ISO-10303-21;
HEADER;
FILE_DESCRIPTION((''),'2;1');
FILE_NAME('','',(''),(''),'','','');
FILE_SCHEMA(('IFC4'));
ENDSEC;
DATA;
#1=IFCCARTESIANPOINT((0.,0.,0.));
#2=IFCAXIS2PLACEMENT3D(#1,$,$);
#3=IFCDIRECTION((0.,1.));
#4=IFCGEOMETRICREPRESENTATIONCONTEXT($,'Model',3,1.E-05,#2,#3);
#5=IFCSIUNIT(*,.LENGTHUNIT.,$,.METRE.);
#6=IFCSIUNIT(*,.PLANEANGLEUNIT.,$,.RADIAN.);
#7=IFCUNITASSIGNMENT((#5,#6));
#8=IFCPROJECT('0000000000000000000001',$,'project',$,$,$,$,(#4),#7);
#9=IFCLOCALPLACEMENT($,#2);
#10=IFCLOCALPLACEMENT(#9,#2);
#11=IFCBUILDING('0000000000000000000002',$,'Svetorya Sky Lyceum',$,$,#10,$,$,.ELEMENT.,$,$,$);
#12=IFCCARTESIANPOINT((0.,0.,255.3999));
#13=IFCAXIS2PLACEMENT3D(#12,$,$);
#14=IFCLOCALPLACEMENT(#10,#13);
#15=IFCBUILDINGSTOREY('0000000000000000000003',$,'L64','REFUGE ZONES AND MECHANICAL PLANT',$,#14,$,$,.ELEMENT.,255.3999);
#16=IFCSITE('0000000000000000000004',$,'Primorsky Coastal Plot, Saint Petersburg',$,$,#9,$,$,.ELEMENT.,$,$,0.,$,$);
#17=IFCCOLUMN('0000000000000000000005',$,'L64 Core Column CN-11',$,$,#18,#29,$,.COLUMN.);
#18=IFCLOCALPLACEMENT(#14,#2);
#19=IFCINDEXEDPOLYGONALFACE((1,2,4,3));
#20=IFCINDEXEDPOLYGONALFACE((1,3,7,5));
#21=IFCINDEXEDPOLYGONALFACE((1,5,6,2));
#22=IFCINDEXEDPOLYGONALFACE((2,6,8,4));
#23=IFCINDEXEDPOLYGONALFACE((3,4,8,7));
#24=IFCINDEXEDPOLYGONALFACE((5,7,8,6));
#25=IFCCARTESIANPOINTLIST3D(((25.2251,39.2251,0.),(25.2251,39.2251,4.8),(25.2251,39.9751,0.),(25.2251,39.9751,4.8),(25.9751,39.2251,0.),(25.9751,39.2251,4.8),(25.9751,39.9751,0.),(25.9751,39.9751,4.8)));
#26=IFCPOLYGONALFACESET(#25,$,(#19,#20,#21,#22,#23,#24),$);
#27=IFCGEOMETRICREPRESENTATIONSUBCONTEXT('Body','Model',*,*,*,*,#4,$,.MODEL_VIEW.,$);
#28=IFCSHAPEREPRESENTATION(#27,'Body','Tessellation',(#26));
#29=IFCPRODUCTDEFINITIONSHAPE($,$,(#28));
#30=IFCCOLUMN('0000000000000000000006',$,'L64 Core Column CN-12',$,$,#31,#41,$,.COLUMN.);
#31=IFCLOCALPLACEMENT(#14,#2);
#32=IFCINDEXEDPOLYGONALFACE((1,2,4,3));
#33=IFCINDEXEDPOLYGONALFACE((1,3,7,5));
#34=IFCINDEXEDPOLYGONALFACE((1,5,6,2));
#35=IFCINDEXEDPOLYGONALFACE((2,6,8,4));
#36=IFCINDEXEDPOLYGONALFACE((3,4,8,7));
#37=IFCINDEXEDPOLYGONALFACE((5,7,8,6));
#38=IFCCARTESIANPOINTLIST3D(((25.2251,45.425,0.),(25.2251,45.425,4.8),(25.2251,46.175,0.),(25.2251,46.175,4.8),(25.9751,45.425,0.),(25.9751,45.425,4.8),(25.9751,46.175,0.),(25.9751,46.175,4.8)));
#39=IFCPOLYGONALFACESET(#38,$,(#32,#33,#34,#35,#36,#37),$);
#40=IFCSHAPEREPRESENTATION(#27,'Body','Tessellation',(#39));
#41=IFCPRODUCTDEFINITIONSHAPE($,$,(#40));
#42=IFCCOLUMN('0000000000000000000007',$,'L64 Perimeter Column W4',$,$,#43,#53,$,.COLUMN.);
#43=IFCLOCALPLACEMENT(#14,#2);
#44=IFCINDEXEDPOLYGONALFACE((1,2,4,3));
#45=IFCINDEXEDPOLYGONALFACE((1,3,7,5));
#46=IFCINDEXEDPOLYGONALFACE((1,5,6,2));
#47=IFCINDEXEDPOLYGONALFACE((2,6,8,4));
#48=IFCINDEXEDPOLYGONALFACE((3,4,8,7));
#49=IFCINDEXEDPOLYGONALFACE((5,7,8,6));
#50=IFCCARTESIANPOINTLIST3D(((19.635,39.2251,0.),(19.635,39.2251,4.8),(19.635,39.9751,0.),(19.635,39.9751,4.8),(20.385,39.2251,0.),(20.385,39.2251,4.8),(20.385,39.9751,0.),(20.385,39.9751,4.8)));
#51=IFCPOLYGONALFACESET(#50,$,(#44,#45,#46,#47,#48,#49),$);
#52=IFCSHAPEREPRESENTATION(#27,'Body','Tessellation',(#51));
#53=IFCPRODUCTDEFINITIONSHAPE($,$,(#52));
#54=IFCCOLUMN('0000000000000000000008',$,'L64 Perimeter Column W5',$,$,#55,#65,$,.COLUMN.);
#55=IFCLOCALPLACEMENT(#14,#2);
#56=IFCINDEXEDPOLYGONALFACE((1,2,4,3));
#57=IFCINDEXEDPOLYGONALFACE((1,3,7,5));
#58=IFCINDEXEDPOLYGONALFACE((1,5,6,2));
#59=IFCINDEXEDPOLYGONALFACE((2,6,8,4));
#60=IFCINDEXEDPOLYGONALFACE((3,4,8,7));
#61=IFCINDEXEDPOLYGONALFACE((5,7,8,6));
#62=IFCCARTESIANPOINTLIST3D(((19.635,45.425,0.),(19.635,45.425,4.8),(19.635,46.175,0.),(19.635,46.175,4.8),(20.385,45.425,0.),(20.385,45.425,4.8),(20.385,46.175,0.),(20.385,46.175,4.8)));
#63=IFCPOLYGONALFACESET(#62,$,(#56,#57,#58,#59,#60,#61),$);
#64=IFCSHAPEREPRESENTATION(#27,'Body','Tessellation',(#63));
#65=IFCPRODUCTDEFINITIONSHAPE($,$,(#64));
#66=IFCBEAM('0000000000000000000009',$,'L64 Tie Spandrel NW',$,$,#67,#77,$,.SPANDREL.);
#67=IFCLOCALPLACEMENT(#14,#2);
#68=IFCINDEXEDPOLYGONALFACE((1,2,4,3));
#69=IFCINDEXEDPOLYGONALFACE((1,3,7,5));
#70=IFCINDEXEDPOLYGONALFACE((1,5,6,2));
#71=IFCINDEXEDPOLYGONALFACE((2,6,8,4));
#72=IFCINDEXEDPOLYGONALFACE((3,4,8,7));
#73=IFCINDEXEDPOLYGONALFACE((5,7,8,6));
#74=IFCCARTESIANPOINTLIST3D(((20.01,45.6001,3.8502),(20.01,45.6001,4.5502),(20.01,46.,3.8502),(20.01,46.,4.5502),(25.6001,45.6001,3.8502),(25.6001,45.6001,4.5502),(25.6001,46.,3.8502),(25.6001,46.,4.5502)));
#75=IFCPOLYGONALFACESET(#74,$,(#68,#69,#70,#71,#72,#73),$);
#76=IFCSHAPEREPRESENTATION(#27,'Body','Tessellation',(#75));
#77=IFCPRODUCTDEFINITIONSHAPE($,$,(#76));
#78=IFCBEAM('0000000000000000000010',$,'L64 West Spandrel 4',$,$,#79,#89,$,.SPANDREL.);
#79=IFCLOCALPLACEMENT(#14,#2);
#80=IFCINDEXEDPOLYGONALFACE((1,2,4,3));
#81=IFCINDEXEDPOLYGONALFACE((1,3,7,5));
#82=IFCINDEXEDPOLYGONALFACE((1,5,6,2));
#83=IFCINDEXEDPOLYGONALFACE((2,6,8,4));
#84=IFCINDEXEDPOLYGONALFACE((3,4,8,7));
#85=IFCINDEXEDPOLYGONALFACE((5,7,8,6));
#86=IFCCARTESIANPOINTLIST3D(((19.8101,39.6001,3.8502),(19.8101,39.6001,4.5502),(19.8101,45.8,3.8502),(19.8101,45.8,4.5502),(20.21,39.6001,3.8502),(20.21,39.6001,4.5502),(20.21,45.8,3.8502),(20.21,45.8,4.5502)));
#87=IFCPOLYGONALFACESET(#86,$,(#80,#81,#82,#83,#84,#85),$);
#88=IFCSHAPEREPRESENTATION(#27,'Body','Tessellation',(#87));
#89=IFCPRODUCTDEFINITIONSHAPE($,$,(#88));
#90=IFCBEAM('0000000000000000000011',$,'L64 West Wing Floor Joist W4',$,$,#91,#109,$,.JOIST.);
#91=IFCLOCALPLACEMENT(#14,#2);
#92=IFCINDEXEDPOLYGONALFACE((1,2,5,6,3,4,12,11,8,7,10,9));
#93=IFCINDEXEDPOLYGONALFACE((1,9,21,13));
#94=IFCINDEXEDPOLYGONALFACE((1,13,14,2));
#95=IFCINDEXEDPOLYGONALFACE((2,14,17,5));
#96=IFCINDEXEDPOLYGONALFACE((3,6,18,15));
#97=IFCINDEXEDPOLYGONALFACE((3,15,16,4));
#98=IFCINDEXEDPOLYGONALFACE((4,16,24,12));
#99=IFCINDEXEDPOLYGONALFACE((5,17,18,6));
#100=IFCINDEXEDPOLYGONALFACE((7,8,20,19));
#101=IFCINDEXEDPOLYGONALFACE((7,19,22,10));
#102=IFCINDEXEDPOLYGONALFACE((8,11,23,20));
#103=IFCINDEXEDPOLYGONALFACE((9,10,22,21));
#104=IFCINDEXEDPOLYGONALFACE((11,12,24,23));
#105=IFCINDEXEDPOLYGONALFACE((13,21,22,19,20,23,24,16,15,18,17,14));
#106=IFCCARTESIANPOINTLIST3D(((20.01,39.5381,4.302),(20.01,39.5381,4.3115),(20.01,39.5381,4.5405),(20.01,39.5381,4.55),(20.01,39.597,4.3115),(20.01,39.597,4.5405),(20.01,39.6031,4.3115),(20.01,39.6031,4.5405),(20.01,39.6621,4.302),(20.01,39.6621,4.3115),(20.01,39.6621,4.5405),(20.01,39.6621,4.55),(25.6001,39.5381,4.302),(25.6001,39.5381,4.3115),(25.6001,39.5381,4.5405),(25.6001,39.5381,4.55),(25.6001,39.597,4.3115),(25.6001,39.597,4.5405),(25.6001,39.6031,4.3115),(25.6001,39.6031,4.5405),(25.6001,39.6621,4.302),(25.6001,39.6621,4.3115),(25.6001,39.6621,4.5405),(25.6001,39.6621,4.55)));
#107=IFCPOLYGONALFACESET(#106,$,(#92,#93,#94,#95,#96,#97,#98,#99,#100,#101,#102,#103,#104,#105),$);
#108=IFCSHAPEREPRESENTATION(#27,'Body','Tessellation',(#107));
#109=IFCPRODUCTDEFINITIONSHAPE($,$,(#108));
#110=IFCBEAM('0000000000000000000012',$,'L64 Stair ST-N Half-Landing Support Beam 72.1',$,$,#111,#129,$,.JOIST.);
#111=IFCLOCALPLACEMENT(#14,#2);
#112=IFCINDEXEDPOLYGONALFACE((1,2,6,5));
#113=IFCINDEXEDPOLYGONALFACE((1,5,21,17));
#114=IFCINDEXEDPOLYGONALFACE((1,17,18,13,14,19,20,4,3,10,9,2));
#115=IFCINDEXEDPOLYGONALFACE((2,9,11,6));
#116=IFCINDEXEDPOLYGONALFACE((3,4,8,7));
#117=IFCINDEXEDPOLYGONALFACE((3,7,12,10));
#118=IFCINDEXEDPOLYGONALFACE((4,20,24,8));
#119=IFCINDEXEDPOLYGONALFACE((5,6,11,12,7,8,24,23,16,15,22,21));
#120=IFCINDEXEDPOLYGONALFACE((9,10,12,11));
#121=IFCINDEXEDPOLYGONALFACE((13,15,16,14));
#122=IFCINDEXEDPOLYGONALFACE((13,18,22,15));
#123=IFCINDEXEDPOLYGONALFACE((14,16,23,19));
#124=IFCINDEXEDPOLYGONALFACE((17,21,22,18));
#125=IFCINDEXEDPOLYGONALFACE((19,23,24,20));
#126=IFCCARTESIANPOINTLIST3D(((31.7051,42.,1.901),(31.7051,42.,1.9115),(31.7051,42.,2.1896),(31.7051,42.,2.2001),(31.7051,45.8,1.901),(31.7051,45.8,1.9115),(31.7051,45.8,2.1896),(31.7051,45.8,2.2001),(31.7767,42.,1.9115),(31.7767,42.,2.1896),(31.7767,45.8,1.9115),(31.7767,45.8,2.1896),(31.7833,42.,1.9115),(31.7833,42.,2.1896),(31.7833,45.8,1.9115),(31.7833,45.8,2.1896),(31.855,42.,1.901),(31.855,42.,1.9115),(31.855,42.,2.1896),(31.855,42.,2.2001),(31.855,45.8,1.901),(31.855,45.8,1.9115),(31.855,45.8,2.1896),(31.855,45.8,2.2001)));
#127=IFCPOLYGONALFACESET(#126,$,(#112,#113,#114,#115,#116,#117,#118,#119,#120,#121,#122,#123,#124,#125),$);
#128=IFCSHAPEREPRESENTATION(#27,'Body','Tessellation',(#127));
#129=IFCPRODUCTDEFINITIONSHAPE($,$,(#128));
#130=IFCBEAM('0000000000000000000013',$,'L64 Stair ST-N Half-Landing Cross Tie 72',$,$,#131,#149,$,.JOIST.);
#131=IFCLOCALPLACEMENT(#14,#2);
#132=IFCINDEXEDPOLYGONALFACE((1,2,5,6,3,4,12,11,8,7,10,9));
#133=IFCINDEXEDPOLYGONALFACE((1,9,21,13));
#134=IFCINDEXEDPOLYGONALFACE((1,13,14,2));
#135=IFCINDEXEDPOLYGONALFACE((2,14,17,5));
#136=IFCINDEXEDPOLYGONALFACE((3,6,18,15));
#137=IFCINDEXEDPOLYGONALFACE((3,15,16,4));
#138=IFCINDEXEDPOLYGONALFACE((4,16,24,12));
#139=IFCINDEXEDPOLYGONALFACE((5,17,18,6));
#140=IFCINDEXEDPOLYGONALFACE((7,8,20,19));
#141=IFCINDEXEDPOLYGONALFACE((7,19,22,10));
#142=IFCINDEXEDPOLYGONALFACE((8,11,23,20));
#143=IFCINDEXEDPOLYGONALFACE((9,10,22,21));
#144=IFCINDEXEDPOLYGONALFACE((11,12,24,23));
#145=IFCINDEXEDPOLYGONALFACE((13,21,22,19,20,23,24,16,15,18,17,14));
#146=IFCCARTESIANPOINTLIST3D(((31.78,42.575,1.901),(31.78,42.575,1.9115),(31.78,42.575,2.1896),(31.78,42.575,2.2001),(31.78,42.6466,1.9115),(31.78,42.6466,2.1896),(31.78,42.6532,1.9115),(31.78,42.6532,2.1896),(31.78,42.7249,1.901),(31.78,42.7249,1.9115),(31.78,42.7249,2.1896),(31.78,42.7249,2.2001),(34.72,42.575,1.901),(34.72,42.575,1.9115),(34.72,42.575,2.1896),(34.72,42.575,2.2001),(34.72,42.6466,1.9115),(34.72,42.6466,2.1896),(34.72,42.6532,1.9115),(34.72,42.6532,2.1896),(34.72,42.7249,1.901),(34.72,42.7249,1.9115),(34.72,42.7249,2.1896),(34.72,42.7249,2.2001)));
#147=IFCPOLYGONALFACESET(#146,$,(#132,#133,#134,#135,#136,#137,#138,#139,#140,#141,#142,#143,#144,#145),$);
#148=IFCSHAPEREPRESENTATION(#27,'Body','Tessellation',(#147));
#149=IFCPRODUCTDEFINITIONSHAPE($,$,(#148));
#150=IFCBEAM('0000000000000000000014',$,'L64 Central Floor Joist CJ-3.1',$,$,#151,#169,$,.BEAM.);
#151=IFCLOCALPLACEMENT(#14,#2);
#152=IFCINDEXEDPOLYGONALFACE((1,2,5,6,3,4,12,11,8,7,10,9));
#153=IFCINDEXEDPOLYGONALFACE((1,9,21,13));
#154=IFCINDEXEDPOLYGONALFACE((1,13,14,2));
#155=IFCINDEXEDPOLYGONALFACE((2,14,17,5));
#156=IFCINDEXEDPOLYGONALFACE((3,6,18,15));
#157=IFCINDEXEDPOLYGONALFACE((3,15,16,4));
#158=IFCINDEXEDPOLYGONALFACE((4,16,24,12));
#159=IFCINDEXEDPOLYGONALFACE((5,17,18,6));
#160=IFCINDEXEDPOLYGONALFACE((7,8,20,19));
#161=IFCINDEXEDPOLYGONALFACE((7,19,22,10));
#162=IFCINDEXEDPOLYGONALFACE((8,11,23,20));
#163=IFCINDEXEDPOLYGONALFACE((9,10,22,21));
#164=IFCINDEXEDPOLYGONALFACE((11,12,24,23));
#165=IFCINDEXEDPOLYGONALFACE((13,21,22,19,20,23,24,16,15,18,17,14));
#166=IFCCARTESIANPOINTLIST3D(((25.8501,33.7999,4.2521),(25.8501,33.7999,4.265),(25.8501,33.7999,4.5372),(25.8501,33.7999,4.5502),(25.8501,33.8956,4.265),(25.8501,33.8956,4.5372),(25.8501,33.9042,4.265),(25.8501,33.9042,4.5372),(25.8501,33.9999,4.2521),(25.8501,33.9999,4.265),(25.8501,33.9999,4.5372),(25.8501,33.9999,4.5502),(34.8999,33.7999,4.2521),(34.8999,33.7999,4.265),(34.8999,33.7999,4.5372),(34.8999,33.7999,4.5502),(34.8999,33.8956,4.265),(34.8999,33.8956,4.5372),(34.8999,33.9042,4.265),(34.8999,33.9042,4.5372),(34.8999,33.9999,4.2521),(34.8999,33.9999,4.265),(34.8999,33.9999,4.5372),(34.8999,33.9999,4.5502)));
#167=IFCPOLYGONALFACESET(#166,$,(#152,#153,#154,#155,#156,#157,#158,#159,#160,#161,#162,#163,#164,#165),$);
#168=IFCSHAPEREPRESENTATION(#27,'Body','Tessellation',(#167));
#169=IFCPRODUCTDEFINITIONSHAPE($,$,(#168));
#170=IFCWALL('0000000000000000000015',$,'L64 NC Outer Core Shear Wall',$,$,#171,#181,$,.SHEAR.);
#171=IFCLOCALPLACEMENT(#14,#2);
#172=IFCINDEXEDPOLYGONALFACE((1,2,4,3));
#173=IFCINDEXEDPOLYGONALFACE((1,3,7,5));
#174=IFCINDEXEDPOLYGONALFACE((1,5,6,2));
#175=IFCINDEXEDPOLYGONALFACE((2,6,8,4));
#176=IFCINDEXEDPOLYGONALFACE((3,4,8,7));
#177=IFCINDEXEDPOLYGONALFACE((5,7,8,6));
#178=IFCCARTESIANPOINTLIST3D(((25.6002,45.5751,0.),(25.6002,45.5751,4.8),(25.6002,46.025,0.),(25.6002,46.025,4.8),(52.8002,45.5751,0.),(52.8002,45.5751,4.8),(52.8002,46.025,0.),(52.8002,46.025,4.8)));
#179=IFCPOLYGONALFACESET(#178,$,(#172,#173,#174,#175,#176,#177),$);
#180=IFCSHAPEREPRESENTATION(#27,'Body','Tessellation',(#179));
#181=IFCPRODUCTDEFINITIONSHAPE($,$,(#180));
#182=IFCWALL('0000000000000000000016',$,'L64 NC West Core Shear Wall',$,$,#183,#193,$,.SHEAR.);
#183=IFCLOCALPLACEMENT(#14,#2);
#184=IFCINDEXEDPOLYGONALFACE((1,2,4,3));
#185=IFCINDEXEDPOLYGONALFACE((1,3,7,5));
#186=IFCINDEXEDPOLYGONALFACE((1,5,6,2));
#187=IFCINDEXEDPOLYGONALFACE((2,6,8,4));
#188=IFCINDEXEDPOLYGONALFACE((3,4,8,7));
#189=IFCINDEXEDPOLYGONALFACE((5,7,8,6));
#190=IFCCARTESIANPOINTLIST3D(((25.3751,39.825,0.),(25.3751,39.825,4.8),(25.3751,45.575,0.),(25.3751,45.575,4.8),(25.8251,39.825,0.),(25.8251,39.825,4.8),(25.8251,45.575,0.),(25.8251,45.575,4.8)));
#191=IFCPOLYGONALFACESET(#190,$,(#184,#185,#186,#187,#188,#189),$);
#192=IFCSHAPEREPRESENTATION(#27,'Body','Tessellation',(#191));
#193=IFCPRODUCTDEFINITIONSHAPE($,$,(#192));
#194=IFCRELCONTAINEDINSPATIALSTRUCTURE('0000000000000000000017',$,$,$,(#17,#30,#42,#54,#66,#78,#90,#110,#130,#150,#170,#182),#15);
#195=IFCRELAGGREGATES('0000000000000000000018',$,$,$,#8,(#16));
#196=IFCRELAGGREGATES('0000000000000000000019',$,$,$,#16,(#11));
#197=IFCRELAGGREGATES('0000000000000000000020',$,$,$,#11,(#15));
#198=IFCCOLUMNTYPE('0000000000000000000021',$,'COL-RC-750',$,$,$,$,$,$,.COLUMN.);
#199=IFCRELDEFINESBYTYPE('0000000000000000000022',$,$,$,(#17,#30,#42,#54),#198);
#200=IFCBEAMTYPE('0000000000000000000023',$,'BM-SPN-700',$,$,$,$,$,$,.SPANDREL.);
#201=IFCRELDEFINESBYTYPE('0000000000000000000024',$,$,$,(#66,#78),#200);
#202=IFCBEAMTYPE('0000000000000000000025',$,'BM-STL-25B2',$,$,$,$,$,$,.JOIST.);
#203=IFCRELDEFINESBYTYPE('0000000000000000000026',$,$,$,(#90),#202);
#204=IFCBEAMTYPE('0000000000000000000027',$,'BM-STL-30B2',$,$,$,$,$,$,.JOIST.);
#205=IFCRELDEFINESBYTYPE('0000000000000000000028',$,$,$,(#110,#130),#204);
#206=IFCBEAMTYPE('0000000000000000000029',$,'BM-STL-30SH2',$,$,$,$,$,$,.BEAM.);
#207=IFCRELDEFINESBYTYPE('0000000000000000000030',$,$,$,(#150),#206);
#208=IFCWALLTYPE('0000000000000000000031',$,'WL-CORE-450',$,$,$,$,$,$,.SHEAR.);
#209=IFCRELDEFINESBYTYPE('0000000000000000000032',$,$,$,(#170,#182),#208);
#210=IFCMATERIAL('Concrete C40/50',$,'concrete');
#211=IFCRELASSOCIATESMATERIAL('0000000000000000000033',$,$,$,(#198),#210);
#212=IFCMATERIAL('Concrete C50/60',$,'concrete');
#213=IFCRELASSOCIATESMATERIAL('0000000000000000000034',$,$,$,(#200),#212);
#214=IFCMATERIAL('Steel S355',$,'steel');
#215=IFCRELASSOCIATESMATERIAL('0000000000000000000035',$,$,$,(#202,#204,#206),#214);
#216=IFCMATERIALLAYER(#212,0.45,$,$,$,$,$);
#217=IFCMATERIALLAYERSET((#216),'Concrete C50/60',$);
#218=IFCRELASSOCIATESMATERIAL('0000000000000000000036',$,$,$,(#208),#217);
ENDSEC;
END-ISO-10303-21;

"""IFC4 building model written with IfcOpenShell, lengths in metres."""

from ifc_helpers import new_model, si_unit, direction, frame, frame_2d, origin, origin_2d, place, context, subcontext, project, spatial, rectangle, i_section, extrude, material, layer, layer_set, material_profile, profile_set, type_object, element, save


model = new_model("IFC4")

# Units and contexts
model_context = context("Model", 3, precision=1e-05, world=origin(), true_north=direction((0.0, 1.0)))
body_context = subcontext(model_context, "Body", "Model", "MODEL_VIEW")
ifc_project = project(units=[si_unit("LENGTHUNIT", "METRE"), si_unit("PLANEANGLEUNIT", "RADIAN")], contexts=[model_context])

# Site, building, storey
site_placement = place(None, origin())
site = spatial("IfcSite", under=ifc_project, at=site_placement, Name="Primorsky Coastal Plot, Saint Petersburg", CompositionType="ELEMENT", RefElevation=0.0)
building_placement = place(site_placement, origin())
building = spatial("IfcBuilding", under=site, at=building_placement, Name="Svetorya Sky Lyceum", CompositionType="ELEMENT")
storey_placement = place(building_placement, frame((0.0, 0.0, 255.3999)))
storey = spatial("IfcBuildingStorey", under=building, at=storey_placement, Name="L64", Description="REFUGE ZONES AND MECHANICAL PLANT", CompositionType="ELEMENT", Elevation=255.3999)

# Columns
ifc_material_1 = material(Name="Concrete C40/50", Category="concrete")
ifc_material_profile_1 = material_profile(ifc_material_1, rectangle(XDim=0.75, YDim=0.75, at=origin_2d()), Name="RC COL 750x750")
ifc_profile_set_1 = profile_set([ifc_material_profile_1], Name="Concrete C40/50")
column_type = type_object("IfcColumnType", Name="COL-RC-750", PredefinedType="COLUMN", material=ifc_profile_set_1)
for number, where, z_axis, x_axis, name in (
    (1, (25.6001, 39.6001, 0.0), (0.0, 0.0, 1.0), (1.0, 0.0, 0.0), "L64 Core Column CN-11"),
    (2, (25.6001, 45.8, 0.0), (0.0, 0.0, 1.0), (1.0, 0.0, 0.0), "L64 Core Column CN-12"),
    (3, (20.01, 39.6001, 0.0), (0.0, 0.0, 1.0), (1.0, 0.0, 0.0), "L64 Perimeter Column W4"),
    (4, (20.01, 45.8, 0.0), (0.0, 0.0, 1.0), (1.0, 0.0, 0.0), "L64 Perimeter Column W5"),
):
    element("IfcColumn", number, at=place(storey_placement, frame(where, z_axis=z_axis, x_axis=x_axis)), inside=storey, type_object=column_type, Name=name, PredefinedType="COLUMN", context=body_context, shape_type="SweptSolid", body=[
        extrude(rectangle(XDim=0.75, YDim=0.75, at=origin_2d()), origin(), (0.0, 0.0, 1.0), 4.8),
    ])

# Beams
ifc_material_2 = material(Name="Concrete C50/60", Category="concrete")
ifc_material_profile_2 = material_profile(ifc_material_2, rectangle(XDim=0.3999, YDim=0.7, at=origin_2d()), Name="RC SPANDREL 400x700")
ifc_profile_set_2 = profile_set([ifc_material_profile_2], Name="Concrete C50/60")
beam_type_1 = type_object("IfcBeamType", Name="BM-SPN-700", PredefinedType="SPANDREL", material=ifc_profile_set_2)
beam_1_placement = place(storey_placement, frame((20.01, 45.8, 4.2002), z_axis=(1.0, 0.0, 0.0), x_axis=(0.0, 1.0, 0.0)))
element("IfcBeam", 5, at=beam_1_placement, inside=storey, type_object=beam_type_1, Name="L64 Tie Spandrel NW", PredefinedType="SPANDREL", context=body_context, shape_type="SweptSolid", body=[
    extrude(rectangle(XDim=0.3999, YDim=0.7, at=origin_2d()), origin(), (0.0, 0.0, 1.0), 5.5901),
])
beam_2_placement = place(storey_placement, frame((20.01, 39.6001, 4.2002), z_axis=(0.0, 1.0, 0.0), x_axis=(-1.0, 0.0, 0.0)))
element("IfcBeam", 6, at=beam_2_placement, inside=storey, type_object=beam_type_1, Name="L64 West Spandrel 4", PredefinedType="SPANDREL", context=body_context, shape_type="SweptSolid", body=[
    extrude(rectangle(XDim=0.3999, YDim=0.7, at=origin_2d()), origin(), (0.0, 0.0, 1.0), 6.2),
])
ifc_material_3 = material(Name="Steel S355", Category="steel")
ifc_material_profile_3 = material_profile(ifc_material_3, i_section(OverallWidth=0.124, OverallDepth=0.248, WebThickness=0.0061, FlangeThickness=0.0095, at=origin_2d()), Name="GOST 25B2")
ifc_profile_set_3 = profile_set([ifc_material_profile_3], Name="Steel S355")
beam_type_2 = type_object("IfcBeamType", Name="BM-STL-25B2", PredefinedType="JOIST", material=ifc_profile_set_3)
beam_3_placement = place(storey_placement, frame((20.01, 39.6001, 4.426), z_axis=(1.0, 0.0, 0.0), x_axis=(0.0, 1.0, 0.0)))
element("IfcBeam", 7, at=beam_3_placement, inside=storey, type_object=beam_type_2, Name="L64 West Wing Floor Joist W4", PredefinedType="JOIST", context=body_context, shape_type="SweptSolid", body=[
    extrude(i_section(OverallWidth=0.124, OverallDepth=0.248, WebThickness=0.0061, FlangeThickness=0.0095, at=origin_2d()), origin(), (0.0, 0.0, 1.0), 5.5901),
])
ifc_material_profile_4 = material_profile(ifc_material_3, i_section(OverallWidth=0.1499, OverallDepth=0.2991, WebThickness=0.0066, FlangeThickness=0.0105, at=origin_2d()), Name="GOST 30B2")
ifc_profile_set_4 = profile_set([ifc_material_profile_4], Name="Steel S355")
beam_type_3 = type_object("IfcBeamType", Name="BM-STL-30B2", PredefinedType="JOIST", material=ifc_profile_set_4)
beam_4_placement = place(storey_placement, frame((31.78, 42.0, 2.0505), z_axis=(0.0, 1.0, 0.0), x_axis=(-1.0, 0.0, 0.0)))
element("IfcBeam", 8, at=beam_4_placement, inside=storey, type_object=beam_type_3, Name="L64 Stair ST-N Half-Landing Support Beam 72.1", PredefinedType="JOIST", context=body_context, shape_type="SweptSolid", body=[
    extrude(i_section(OverallWidth=0.1499, OverallDepth=0.2991, WebThickness=0.0066, FlangeThickness=0.0105, at=origin_2d()), origin(), (0.0, 0.0, 1.0), 3.8),
])
beam_5_placement = place(storey_placement, frame((31.78, 42.6499, 2.0505), z_axis=(1.0, 0.0, 0.0), x_axis=(0.0, 1.0, 0.0)))
element("IfcBeam", 9, at=beam_5_placement, inside=storey, type_object=beam_type_3, Name="L64 Stair ST-N Half-Landing Cross Tie 72", PredefinedType="JOIST", context=body_context, shape_type="SweptSolid", body=[
    extrude(i_section(OverallWidth=0.1499, OverallDepth=0.2991, WebThickness=0.0066, FlangeThickness=0.0105, at=origin_2d()), origin(), (0.0, 0.0, 1.0), 2.9399),
])
ifc_material_profile_5 = material_profile(ifc_material_3, i_section(OverallWidth=0.2, OverallDepth=0.2981, WebThickness=0.0085, FlangeThickness=0.0129, at=origin_2d()), Name="GOST 30Sh2")
ifc_profile_set_5 = profile_set([ifc_material_profile_5], Name="Steel S355")
beam_type_4 = type_object("IfcBeamType", Name="BM-STL-30SH2", PredefinedType="BEAM", material=ifc_profile_set_5)
beam_6_placement = place(storey_placement, frame((25.8501, 33.8999, 4.4011), z_axis=(1.0, 0.0, 0.0), x_axis=(0.0, 1.0, 0.0)))
element("IfcBeam", 10, at=beam_6_placement, inside=storey, type_object=beam_type_4, Name="L64 Central Floor Joist CJ-3.1", PredefinedType="BEAM", context=body_context, shape_type="SweptSolid", body=[
    extrude(i_section(OverallWidth=0.2, OverallDepth=0.2981, WebThickness=0.0085, FlangeThickness=0.0129, at=origin_2d()), origin(), (0.0, 0.0, 1.0), 9.0498),
])

# Walls
ifc_layer_1 = layer(ifc_material_2, 0.45)
ifc_layer_set_1 = layer_set([ifc_layer_1], Name="Concrete C50/60")
wall_type_1 = type_object("IfcWallType", Name="WL-CORE-450", PredefinedType="SHEAR", material=ifc_layer_set_1)
wall_1_placement = place(storey_placement, frame((25.6001, 45.8, 0.0), z_axis=(0.0, 0.0, 1.0), x_axis=(1.0, 0.0, 0.0)))
element("IfcWall", 11, at=wall_1_placement, inside=storey, type_object=wall_type_1, Name="L64 NC Outer Core Shear Wall", PredefinedType="SHEAR", context=body_context, shape_type="SweptSolid", body=[
    extrude(rectangle(XDim=27.2, YDim=0.45, at=frame_2d((13.6001, 0.0))), origin(), (0.0, 0.0, 1.0), 4.8),
])
wall_2_placement = place(storey_placement, frame((25.6001, 39.825, 0.0), z_axis=(0.0, 0.0, 1.0), x_axis=(0.0, 1.0, 0.0)))
element("IfcWall", 12, at=wall_2_placement, inside=storey, type_object=wall_type_1, Name="L64 NC West Core Shear Wall", PredefinedType="SHEAR", context=body_context, shape_type="SweptSolid", body=[
    extrude(rectangle(XDim=5.75, YDim=0.45, at=frame_2d((2.875, 0.0))), origin(), (0.0, 0.0, 1.0), 4.8),
])

save(model, "model.ifc")
